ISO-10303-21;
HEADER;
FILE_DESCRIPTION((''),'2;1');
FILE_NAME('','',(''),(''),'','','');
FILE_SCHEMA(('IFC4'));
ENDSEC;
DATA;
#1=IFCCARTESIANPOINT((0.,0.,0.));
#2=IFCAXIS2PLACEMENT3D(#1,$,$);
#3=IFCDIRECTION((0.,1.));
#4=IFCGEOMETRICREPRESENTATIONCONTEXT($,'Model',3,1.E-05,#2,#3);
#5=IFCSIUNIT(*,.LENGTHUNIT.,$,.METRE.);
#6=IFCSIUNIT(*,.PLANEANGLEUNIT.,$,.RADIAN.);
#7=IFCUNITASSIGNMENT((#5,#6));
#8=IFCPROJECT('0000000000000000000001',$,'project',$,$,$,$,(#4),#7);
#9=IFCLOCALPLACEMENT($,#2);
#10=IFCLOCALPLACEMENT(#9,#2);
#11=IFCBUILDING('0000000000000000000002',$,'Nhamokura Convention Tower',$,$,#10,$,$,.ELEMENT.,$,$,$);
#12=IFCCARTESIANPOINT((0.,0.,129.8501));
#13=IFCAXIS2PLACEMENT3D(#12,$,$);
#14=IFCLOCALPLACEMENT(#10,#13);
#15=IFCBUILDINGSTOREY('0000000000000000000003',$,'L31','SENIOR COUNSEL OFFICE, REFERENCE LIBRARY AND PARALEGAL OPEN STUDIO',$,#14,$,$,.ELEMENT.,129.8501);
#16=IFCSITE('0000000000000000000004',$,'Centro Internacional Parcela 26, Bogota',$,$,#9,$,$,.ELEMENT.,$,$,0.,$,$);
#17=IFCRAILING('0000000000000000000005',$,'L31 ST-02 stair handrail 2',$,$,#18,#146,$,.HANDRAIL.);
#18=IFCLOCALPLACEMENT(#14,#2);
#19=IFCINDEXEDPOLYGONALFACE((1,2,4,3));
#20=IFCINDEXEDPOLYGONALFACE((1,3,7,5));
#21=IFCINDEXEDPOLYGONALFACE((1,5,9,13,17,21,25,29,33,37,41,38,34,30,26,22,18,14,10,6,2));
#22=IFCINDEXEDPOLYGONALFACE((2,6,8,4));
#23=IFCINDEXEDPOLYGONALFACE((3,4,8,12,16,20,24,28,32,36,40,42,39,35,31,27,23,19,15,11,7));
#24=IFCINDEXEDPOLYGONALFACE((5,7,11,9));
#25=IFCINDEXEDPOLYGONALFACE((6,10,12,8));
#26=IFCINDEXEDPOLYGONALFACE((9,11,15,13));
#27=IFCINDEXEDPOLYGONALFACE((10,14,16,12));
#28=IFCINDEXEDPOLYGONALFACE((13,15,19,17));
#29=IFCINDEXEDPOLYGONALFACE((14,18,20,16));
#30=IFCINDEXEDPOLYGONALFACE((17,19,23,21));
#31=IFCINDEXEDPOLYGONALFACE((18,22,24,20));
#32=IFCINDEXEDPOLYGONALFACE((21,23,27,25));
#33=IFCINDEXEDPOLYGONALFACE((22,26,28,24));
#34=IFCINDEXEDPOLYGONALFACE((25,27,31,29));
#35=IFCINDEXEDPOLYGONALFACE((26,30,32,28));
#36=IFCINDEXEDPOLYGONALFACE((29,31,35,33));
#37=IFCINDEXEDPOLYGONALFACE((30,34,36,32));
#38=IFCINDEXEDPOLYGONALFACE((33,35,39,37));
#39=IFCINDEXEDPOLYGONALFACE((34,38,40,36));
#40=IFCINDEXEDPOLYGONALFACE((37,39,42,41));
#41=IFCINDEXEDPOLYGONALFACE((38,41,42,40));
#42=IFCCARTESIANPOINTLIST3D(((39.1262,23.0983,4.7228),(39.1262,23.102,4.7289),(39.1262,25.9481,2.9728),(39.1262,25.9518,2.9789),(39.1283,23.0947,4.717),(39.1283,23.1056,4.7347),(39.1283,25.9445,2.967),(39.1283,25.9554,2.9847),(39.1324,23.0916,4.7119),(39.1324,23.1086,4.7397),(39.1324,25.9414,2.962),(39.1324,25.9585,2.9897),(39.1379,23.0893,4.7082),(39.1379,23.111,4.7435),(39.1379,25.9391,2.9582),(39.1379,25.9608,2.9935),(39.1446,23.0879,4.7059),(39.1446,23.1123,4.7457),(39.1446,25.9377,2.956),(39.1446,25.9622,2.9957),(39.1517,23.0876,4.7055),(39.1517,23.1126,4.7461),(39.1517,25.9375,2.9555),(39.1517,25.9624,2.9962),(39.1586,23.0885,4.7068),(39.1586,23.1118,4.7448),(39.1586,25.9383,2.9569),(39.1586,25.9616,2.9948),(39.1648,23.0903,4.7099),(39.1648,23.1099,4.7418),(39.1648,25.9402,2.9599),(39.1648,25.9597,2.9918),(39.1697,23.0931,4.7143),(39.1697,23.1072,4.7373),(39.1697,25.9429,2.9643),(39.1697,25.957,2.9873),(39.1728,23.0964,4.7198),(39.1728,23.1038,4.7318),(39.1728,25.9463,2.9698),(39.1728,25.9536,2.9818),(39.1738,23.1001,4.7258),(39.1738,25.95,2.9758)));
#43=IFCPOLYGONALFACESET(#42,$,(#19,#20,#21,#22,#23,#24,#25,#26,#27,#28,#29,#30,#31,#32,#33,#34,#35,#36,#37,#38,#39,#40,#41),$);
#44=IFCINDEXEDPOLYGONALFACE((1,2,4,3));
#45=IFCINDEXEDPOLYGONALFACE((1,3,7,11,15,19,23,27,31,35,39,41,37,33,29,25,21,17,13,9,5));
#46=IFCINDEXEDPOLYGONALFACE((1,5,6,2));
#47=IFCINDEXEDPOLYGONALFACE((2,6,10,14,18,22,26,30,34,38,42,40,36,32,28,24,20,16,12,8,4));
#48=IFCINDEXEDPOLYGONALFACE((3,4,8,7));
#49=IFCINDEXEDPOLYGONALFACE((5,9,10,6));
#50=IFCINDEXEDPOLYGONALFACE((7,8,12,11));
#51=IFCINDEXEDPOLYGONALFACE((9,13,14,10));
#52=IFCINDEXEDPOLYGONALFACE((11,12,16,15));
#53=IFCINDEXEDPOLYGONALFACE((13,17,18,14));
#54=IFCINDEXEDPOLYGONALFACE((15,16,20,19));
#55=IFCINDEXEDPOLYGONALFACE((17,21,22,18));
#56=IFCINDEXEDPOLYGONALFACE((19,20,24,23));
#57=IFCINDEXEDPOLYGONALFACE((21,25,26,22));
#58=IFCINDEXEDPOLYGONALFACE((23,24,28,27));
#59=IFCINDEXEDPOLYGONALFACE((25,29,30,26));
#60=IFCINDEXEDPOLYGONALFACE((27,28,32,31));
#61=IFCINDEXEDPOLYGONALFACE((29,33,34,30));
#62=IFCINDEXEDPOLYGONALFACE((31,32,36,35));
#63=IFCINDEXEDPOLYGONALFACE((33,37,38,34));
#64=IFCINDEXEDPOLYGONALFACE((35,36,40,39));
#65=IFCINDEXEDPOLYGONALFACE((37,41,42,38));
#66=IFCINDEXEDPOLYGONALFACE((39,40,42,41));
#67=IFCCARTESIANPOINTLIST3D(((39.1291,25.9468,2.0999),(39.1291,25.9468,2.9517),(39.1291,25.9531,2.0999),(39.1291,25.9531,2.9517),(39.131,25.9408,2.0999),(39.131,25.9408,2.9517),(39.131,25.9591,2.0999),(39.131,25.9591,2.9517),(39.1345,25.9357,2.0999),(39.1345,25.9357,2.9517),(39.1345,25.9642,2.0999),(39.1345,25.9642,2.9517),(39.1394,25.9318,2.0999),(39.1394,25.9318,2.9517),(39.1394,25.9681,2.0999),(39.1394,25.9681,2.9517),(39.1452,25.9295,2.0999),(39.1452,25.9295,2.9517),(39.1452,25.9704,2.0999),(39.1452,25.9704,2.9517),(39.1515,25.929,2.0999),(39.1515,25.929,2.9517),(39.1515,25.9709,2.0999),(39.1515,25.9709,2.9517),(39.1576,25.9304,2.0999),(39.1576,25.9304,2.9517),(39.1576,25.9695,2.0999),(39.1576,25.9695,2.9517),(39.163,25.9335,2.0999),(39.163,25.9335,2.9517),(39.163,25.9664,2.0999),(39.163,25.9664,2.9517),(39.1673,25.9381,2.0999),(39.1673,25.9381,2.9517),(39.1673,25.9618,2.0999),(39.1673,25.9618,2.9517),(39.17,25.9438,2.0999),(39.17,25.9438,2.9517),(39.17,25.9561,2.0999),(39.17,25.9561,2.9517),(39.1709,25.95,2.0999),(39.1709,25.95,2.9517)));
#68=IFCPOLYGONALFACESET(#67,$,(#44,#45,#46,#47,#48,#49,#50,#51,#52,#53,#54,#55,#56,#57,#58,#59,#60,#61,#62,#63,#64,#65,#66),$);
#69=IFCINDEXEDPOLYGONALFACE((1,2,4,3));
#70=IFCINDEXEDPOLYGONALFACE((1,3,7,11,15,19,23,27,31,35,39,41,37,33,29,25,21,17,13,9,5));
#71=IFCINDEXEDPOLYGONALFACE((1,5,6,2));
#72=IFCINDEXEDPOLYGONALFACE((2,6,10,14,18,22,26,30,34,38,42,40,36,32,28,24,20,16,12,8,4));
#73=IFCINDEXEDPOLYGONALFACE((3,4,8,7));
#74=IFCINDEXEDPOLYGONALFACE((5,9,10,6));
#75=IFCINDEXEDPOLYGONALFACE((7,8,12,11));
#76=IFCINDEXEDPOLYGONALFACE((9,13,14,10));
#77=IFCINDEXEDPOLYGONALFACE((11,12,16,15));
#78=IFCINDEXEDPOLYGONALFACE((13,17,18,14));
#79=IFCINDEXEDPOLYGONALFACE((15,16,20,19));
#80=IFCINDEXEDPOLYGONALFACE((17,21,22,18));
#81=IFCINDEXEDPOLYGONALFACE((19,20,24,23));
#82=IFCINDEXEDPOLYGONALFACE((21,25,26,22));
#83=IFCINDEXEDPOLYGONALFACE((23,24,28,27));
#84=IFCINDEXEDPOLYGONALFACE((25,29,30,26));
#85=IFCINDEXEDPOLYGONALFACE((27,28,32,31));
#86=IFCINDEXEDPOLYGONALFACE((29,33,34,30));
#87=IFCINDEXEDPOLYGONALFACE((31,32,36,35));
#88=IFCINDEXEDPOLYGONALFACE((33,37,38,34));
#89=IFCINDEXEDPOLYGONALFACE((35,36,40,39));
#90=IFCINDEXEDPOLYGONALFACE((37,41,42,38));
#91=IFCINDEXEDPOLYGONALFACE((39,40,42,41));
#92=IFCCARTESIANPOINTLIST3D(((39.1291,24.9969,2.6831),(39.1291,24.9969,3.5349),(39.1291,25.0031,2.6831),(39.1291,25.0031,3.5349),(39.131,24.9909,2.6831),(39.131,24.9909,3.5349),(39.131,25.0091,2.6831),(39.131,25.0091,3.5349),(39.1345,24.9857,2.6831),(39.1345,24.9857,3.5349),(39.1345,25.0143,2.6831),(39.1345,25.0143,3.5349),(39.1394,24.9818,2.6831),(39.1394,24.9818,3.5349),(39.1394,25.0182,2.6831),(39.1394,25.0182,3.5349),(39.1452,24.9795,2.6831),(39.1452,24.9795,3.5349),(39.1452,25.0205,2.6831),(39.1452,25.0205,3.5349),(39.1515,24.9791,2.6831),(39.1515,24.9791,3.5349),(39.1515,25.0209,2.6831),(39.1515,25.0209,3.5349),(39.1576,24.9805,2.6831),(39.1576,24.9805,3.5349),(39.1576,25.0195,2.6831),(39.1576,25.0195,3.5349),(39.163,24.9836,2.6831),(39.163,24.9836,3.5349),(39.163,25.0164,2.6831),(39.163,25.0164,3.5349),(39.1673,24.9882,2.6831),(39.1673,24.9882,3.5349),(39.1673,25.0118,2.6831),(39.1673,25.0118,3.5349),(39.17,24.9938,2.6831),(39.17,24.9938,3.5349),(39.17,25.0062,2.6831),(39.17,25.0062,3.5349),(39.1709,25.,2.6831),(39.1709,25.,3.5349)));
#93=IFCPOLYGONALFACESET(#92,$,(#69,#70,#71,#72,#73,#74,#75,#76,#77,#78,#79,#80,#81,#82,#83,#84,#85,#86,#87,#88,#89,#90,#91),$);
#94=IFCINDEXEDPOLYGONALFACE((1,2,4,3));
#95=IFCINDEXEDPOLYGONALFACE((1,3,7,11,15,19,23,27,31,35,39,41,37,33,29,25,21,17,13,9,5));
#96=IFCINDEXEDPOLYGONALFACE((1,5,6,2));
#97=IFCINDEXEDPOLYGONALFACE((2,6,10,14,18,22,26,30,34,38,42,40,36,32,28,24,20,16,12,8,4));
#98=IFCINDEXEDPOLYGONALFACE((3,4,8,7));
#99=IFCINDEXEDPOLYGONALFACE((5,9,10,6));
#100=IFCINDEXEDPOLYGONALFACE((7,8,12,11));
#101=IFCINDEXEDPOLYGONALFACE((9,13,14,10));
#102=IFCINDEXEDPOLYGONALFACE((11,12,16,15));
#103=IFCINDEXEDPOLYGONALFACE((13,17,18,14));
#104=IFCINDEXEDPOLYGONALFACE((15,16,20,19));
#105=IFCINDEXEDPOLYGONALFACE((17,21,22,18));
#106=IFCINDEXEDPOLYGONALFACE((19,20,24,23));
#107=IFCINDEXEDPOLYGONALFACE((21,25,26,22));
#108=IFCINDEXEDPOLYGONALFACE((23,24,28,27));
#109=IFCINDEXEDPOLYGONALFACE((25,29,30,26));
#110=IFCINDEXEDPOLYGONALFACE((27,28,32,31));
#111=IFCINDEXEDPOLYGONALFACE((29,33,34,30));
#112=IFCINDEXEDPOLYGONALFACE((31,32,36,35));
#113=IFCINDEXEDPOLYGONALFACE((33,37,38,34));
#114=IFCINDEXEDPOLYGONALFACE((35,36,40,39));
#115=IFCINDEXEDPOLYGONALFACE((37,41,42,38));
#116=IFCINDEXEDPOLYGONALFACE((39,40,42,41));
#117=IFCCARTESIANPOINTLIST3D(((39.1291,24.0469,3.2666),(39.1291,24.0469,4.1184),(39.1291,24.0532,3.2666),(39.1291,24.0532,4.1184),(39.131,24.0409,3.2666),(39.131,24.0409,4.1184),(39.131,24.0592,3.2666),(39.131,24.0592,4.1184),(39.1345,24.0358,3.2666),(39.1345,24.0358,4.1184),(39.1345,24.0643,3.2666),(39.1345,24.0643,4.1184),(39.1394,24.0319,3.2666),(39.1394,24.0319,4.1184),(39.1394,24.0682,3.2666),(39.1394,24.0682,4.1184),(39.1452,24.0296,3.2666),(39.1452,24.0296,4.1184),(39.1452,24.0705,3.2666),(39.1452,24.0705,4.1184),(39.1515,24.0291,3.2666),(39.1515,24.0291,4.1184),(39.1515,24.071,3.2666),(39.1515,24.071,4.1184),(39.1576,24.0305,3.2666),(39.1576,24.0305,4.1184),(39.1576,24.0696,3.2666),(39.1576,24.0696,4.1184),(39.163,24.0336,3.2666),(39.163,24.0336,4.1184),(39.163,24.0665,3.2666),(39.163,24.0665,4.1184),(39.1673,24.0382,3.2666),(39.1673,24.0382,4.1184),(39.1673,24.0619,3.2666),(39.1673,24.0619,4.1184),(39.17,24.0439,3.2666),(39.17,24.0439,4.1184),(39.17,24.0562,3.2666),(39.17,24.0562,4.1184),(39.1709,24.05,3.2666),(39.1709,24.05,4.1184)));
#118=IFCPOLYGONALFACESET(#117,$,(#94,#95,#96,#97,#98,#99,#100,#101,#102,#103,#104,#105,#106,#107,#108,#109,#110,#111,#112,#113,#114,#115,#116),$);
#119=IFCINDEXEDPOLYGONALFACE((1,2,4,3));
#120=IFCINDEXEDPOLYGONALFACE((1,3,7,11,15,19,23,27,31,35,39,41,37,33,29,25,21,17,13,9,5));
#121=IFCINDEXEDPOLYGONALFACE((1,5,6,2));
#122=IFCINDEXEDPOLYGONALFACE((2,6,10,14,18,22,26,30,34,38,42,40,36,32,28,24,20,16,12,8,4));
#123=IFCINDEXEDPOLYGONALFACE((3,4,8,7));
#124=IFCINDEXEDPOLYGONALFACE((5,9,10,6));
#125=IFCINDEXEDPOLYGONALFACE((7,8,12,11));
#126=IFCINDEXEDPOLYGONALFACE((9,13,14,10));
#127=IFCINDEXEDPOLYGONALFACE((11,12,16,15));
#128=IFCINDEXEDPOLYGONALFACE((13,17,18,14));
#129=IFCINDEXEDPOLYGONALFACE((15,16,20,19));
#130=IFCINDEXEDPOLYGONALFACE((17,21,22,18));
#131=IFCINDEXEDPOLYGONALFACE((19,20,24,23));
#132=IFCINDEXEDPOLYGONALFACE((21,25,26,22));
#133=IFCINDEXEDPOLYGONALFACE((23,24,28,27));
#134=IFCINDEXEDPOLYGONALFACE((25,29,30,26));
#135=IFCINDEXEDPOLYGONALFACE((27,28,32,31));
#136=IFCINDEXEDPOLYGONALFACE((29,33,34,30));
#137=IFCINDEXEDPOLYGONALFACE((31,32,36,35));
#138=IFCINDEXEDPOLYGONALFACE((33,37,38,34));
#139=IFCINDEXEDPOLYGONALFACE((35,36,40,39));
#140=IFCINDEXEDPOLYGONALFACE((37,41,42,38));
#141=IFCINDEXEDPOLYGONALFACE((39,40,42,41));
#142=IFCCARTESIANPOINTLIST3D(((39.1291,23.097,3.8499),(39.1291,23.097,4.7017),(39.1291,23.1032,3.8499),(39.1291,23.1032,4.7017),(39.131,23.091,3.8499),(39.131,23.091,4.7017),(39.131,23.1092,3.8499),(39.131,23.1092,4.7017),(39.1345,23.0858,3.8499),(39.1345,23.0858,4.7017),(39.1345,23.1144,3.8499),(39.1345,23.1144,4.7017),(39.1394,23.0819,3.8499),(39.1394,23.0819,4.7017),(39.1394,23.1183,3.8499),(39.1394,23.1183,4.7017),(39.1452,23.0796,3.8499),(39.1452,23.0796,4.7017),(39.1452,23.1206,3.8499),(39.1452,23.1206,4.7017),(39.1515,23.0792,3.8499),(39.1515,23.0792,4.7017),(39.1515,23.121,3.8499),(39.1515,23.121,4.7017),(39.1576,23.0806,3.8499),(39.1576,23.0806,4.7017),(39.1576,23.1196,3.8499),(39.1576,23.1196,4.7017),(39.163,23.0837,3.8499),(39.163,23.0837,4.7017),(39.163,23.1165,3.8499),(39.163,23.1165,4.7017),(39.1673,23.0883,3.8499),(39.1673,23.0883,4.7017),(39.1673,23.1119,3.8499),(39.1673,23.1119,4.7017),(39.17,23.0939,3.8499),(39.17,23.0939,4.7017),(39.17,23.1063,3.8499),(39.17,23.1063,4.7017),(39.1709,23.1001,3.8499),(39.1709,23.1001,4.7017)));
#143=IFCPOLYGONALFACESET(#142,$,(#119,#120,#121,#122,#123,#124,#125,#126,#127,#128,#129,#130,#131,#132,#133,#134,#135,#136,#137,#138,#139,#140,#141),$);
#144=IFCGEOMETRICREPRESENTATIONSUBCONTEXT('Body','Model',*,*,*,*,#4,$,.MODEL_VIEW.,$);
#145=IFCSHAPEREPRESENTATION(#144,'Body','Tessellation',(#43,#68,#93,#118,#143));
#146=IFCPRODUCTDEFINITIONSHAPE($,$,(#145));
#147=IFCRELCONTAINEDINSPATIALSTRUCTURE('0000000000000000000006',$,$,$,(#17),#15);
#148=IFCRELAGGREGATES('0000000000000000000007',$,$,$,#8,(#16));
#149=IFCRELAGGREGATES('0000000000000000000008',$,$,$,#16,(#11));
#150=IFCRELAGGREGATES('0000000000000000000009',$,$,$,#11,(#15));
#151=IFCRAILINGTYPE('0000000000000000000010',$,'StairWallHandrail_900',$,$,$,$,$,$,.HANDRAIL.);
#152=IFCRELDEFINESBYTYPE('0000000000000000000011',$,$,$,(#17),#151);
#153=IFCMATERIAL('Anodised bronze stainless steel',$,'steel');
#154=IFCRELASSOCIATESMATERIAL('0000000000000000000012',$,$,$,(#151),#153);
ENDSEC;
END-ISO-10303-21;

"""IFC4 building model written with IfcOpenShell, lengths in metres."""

from ifc_helpers import new_model, si_unit, direction, frame, origin, origin_2d, place, context, subcontext, project, spatial, circle, extrude, material, type_object, element, save


model = new_model("IFC4")

# Units and contexts
model_context = context("Model", 3, precision=1e-05, world=origin(), true_north=direction((0.0, 1.0)))
body_context = subcontext(model_context, "Body", "Model", "MODEL_VIEW")
ifc_project = project(units=[si_unit("LENGTHUNIT", "METRE"), si_unit("PLANEANGLEUNIT", "RADIAN")], contexts=[model_context])

# Site, building, storey
site_placement = place(None, origin())
site = spatial("IfcSite", under=ifc_project, at=site_placement, Name="Centro Internacional Parcela 26, Bogota", CompositionType="ELEMENT", RefElevation=0.0)
building_placement = place(site_placement, origin())
building = spatial("IfcBuilding", under=site, at=building_placement, Name="Nhamokura Convention Tower", CompositionType="ELEMENT")
storey_placement = place(building_placement, frame((0.0, 0.0, 129.8501)))
storey = spatial("IfcBuildingStorey", under=building, at=storey_placement, Name="L31", Description="SENIOR COUNSEL OFFICE, REFERENCE LIBRARY AND PARALEGAL OPEN STUDIO", CompositionType="ELEMENT", Elevation=129.8501)

# Railing
ifc_material_1 = material(Name="Anodised bronze stainless steel", Category="steel")
railing_type_1 = type_object("IfcRailingType", Name="StairWallHandrail_900", PredefinedType="HANDRAIL", material=ifc_material_1)
railing_1_placement = place(storey_placement, frame((39.1499, 25.95, 2.0999)))
element("IfcRailing", 1, at=railing_1_placement, inside=storey, type_object=railing_type_1, Name="L31 ST-02 stair handrail 2", PredefinedType="HANDRAIL", context=body_context, shape_type="SweptSolid", body=[
    extrude(circle(Radius=0.0239, at=origin_2d()), frame((0.0, 0.0, 0.876), z_axis=(0.0, -0.852159, 0.523283), x_axis=(1.0, 0.0, 0.0)), (0.0, 0.0, 1.0), 3.3442),
    extrude(circle(Radius=0.021, at=origin_2d()), origin(), (0.0, 0.0, 1.0), 0.8518),
    extrude(circle(Radius=0.021, at=origin_2d()), frame((0.0, -0.95, 0.5833)), (0.0, 0.0, 1.0), 0.8518),
    extrude(circle(Radius=0.021, at=origin_2d()), frame((0.0, -1.8999, 1.1667)), (0.0, 0.0, 1.0), 0.8518),
    extrude(circle(Radius=0.021, at=origin_2d()), frame((0.0, -2.8499, 1.75)), (0.0, 0.0, 1.0), 0.8518),
])

save(model, "model.ifc")
